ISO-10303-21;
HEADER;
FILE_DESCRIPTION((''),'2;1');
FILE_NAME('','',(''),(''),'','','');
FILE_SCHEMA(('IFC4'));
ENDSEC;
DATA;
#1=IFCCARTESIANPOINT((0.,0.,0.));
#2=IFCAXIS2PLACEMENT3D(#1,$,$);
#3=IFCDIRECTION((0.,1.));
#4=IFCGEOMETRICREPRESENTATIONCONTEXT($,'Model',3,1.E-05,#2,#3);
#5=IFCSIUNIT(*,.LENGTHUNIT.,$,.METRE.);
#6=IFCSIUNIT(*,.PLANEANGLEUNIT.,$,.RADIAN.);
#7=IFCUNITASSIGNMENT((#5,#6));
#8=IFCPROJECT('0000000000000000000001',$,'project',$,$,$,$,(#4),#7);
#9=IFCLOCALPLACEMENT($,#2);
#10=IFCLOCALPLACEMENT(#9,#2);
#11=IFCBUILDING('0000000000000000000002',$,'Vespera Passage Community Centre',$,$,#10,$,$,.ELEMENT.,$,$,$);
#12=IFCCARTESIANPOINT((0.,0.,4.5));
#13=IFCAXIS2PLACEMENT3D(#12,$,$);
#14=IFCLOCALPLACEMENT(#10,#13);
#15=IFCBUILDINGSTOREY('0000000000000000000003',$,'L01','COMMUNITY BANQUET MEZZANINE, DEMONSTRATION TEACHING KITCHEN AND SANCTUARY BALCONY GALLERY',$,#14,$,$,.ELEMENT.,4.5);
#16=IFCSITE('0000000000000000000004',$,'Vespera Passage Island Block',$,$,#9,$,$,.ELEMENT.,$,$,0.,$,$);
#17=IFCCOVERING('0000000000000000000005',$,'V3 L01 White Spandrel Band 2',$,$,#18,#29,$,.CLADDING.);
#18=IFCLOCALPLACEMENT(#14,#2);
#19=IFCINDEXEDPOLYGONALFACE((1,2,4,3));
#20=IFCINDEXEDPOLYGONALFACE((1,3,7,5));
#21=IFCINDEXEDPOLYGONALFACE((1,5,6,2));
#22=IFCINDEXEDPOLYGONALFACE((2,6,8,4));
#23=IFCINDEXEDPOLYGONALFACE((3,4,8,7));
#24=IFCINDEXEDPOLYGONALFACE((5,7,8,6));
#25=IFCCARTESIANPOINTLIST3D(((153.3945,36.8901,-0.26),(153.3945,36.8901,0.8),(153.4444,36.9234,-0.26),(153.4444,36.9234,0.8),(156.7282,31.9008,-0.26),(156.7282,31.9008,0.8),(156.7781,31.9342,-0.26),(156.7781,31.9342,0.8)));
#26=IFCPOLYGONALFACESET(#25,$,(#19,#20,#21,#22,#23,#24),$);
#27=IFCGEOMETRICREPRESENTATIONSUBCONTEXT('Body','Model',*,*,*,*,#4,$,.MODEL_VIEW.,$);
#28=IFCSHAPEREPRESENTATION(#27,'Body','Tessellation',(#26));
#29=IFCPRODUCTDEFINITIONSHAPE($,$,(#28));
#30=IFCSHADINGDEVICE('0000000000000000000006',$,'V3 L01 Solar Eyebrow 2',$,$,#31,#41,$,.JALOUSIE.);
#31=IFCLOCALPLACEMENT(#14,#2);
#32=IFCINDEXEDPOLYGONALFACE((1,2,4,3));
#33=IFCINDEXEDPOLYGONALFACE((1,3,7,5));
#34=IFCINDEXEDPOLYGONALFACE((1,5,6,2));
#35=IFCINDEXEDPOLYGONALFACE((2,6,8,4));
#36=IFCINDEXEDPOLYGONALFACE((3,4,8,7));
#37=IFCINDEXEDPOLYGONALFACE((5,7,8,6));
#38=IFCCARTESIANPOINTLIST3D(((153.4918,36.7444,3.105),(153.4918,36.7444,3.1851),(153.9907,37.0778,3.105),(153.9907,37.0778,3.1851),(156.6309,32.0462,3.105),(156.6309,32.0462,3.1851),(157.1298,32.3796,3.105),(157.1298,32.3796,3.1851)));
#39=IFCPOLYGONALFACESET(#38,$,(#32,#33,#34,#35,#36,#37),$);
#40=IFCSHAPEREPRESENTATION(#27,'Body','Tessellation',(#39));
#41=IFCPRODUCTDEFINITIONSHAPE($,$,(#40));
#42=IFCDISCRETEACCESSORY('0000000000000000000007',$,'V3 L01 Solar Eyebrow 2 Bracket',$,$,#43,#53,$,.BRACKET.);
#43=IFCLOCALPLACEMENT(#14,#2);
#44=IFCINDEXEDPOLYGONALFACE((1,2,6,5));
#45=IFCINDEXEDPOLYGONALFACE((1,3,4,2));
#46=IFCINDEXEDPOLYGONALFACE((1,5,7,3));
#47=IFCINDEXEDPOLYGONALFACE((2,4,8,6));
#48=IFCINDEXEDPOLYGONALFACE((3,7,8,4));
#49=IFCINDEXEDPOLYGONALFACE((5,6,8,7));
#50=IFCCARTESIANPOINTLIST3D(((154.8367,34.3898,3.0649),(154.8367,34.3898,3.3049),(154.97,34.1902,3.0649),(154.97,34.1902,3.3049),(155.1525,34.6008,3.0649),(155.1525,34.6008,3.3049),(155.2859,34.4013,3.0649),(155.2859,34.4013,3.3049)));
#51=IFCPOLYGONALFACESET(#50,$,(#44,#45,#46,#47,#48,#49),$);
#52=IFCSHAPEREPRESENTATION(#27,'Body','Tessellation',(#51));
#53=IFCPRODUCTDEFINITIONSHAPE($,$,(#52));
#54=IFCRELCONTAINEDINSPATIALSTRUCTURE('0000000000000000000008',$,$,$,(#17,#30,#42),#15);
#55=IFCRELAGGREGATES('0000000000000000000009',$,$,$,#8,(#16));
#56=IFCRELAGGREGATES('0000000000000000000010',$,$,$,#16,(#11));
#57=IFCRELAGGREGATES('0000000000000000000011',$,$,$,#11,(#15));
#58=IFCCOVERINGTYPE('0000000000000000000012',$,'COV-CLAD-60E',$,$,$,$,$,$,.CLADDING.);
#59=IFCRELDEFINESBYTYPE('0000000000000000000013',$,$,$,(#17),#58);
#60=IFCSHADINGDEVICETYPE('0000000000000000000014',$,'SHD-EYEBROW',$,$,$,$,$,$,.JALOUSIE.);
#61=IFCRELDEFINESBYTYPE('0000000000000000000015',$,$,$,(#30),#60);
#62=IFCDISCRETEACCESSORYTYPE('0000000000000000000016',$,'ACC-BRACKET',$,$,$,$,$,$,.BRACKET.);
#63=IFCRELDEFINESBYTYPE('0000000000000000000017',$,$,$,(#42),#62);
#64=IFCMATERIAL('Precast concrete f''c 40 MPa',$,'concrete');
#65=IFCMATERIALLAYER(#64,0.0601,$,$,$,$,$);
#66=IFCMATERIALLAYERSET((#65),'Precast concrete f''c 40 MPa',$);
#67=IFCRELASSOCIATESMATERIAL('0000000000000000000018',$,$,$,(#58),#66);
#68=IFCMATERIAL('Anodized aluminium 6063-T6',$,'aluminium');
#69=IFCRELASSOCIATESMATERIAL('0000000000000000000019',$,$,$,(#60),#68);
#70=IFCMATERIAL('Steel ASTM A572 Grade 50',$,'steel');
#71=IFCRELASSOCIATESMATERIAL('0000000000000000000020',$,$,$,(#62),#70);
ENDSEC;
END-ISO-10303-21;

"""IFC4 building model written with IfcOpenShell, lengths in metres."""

from ifc_helpers import new_model, si_unit, direction, frame, frame_2d, origin, origin_2d, place, context, subcontext, project, spatial, rectangle, extrude, material, layer, layer_set, type_object, element, save


model = new_model("IFC4")

# Units and contexts
model_context = context("Model", 3, precision=1e-05, world=origin(), true_north=direction((0.0, 1.0)))
body_context = subcontext(model_context, "Body", "Model", "MODEL_VIEW")
ifc_project = project(units=[si_unit("LENGTHUNIT", "METRE"), si_unit("PLANEANGLEUNIT", "RADIAN")], contexts=[model_context])

# Site, building, storey
site_placement = place(None, origin())
site = spatial("IfcSite", under=ifc_project, at=site_placement, Name="Vespera Passage Island Block", CompositionType="ELEMENT", RefElevation=0.0)
building_placement = place(site_placement, origin())
building = spatial("IfcBuilding", under=site, at=building_placement, Name="Vespera Passage Community Centre", CompositionType="ELEMENT")
storey_placement = place(building_placement, frame((0.0, 0.0, 4.5)))
storey = spatial("IfcBuildingStorey", under=building, at=storey_placement, Name="L01", Description="COMMUNITY BANQUET MEZZANINE, DEMONSTRATION TEACHING KITCHEN AND SANCTUARY BALCONY GALLERY", CompositionType="ELEMENT", Elevation=4.5)

# Covering
ifc_material_1 = material(Name="Precast concrete f'c 40 MPa", Category="concrete")
ifc_layer_1 = layer(ifc_material_1, 0.0601)
ifc_layer_set_1 = layer_set([ifc_layer_1], Name="Precast concrete f'c 40 MPa")
covering_type = type_object("IfcCoveringType", Name="COV-CLAD-60E", PredefinedType="CLADDING", material=ifc_layer_set_1)
covering_1_placement = place(storey_placement, frame((153.4194, 36.9067, -0.26), z_axis=(0.0, 0.0, 1.0), x_axis=(0.555573, -0.831468, 0.0)))
element("IfcCovering", 1, at=covering_1_placement, inside=storey, type_object=covering_type, Name="V3 L01 White Spandrel Band 2", PredefinedType="CLADDING", context=body_context, shape_type="SweptSolid", body=[
    extrude(rectangle(XDim=6.0005, YDim=0.0601, at=frame_2d((3.0002, 0.0))), origin(), (0.0, 0.0, 1.0), 1.0601),
])

# Shading device
ifc_material_2 = material(Name="Anodized aluminium 6063-T6", Category="aluminium")
shading_device_type = type_object("IfcShadingDeviceType", Name="SHD-EYEBROW", PredefinedType="JALOUSIE", material=ifc_material_2)
shading_device_placement = place(storey_placement, frame((155.3108, 34.562, 3.105), z_axis=(0.0, 0.0, 1.0), x_axis=(0.555556, -0.831479, 0.0)))
element("IfcShadingDevice", 2, at=shading_device_placement, inside=storey, type_object=shading_device_type, Name="V3 L01 Solar Eyebrow 2", PredefinedType="JALOUSIE", context=body_context, shape_type="SweptSolid", body=[
    extrude(rectangle(XDim=5.6504, YDim=0.6001, at=origin_2d()), origin(), (0.0, 0.0, 1.0), 0.0801),
])

# Discrete accessory
ifc_material_3 = material(Name="Steel ASTM A572 Grade 50", Category="steel")
discrete_accessory_type = type_object("IfcDiscreteAccessoryType", Name="ACC-BRACKET", PredefinedType="BRACKET", material=ifc_material_3)
discrete_accessory_placement = place(storey_placement, frame((155.0613, 34.3955, 3.0649), z_axis=(0.0, 0.0, 1.0), x_axis=(0.555556, -0.831479, 0.0)))
element("IfcDiscreteAccessory", 3, at=discrete_accessory_placement, inside=storey, type_object=discrete_accessory_type, Name="V3 L01 Solar Eyebrow 2 Bracket", PredefinedType="BRACKET", context=body_context, shape_type="SweptSolid", body=[
    extrude(rectangle(XDim=0.24, YDim=0.3799, at=origin_2d()), origin(), (0.0, 0.0, 1.0), 0.24),
])

save(model, "model.ifc")
